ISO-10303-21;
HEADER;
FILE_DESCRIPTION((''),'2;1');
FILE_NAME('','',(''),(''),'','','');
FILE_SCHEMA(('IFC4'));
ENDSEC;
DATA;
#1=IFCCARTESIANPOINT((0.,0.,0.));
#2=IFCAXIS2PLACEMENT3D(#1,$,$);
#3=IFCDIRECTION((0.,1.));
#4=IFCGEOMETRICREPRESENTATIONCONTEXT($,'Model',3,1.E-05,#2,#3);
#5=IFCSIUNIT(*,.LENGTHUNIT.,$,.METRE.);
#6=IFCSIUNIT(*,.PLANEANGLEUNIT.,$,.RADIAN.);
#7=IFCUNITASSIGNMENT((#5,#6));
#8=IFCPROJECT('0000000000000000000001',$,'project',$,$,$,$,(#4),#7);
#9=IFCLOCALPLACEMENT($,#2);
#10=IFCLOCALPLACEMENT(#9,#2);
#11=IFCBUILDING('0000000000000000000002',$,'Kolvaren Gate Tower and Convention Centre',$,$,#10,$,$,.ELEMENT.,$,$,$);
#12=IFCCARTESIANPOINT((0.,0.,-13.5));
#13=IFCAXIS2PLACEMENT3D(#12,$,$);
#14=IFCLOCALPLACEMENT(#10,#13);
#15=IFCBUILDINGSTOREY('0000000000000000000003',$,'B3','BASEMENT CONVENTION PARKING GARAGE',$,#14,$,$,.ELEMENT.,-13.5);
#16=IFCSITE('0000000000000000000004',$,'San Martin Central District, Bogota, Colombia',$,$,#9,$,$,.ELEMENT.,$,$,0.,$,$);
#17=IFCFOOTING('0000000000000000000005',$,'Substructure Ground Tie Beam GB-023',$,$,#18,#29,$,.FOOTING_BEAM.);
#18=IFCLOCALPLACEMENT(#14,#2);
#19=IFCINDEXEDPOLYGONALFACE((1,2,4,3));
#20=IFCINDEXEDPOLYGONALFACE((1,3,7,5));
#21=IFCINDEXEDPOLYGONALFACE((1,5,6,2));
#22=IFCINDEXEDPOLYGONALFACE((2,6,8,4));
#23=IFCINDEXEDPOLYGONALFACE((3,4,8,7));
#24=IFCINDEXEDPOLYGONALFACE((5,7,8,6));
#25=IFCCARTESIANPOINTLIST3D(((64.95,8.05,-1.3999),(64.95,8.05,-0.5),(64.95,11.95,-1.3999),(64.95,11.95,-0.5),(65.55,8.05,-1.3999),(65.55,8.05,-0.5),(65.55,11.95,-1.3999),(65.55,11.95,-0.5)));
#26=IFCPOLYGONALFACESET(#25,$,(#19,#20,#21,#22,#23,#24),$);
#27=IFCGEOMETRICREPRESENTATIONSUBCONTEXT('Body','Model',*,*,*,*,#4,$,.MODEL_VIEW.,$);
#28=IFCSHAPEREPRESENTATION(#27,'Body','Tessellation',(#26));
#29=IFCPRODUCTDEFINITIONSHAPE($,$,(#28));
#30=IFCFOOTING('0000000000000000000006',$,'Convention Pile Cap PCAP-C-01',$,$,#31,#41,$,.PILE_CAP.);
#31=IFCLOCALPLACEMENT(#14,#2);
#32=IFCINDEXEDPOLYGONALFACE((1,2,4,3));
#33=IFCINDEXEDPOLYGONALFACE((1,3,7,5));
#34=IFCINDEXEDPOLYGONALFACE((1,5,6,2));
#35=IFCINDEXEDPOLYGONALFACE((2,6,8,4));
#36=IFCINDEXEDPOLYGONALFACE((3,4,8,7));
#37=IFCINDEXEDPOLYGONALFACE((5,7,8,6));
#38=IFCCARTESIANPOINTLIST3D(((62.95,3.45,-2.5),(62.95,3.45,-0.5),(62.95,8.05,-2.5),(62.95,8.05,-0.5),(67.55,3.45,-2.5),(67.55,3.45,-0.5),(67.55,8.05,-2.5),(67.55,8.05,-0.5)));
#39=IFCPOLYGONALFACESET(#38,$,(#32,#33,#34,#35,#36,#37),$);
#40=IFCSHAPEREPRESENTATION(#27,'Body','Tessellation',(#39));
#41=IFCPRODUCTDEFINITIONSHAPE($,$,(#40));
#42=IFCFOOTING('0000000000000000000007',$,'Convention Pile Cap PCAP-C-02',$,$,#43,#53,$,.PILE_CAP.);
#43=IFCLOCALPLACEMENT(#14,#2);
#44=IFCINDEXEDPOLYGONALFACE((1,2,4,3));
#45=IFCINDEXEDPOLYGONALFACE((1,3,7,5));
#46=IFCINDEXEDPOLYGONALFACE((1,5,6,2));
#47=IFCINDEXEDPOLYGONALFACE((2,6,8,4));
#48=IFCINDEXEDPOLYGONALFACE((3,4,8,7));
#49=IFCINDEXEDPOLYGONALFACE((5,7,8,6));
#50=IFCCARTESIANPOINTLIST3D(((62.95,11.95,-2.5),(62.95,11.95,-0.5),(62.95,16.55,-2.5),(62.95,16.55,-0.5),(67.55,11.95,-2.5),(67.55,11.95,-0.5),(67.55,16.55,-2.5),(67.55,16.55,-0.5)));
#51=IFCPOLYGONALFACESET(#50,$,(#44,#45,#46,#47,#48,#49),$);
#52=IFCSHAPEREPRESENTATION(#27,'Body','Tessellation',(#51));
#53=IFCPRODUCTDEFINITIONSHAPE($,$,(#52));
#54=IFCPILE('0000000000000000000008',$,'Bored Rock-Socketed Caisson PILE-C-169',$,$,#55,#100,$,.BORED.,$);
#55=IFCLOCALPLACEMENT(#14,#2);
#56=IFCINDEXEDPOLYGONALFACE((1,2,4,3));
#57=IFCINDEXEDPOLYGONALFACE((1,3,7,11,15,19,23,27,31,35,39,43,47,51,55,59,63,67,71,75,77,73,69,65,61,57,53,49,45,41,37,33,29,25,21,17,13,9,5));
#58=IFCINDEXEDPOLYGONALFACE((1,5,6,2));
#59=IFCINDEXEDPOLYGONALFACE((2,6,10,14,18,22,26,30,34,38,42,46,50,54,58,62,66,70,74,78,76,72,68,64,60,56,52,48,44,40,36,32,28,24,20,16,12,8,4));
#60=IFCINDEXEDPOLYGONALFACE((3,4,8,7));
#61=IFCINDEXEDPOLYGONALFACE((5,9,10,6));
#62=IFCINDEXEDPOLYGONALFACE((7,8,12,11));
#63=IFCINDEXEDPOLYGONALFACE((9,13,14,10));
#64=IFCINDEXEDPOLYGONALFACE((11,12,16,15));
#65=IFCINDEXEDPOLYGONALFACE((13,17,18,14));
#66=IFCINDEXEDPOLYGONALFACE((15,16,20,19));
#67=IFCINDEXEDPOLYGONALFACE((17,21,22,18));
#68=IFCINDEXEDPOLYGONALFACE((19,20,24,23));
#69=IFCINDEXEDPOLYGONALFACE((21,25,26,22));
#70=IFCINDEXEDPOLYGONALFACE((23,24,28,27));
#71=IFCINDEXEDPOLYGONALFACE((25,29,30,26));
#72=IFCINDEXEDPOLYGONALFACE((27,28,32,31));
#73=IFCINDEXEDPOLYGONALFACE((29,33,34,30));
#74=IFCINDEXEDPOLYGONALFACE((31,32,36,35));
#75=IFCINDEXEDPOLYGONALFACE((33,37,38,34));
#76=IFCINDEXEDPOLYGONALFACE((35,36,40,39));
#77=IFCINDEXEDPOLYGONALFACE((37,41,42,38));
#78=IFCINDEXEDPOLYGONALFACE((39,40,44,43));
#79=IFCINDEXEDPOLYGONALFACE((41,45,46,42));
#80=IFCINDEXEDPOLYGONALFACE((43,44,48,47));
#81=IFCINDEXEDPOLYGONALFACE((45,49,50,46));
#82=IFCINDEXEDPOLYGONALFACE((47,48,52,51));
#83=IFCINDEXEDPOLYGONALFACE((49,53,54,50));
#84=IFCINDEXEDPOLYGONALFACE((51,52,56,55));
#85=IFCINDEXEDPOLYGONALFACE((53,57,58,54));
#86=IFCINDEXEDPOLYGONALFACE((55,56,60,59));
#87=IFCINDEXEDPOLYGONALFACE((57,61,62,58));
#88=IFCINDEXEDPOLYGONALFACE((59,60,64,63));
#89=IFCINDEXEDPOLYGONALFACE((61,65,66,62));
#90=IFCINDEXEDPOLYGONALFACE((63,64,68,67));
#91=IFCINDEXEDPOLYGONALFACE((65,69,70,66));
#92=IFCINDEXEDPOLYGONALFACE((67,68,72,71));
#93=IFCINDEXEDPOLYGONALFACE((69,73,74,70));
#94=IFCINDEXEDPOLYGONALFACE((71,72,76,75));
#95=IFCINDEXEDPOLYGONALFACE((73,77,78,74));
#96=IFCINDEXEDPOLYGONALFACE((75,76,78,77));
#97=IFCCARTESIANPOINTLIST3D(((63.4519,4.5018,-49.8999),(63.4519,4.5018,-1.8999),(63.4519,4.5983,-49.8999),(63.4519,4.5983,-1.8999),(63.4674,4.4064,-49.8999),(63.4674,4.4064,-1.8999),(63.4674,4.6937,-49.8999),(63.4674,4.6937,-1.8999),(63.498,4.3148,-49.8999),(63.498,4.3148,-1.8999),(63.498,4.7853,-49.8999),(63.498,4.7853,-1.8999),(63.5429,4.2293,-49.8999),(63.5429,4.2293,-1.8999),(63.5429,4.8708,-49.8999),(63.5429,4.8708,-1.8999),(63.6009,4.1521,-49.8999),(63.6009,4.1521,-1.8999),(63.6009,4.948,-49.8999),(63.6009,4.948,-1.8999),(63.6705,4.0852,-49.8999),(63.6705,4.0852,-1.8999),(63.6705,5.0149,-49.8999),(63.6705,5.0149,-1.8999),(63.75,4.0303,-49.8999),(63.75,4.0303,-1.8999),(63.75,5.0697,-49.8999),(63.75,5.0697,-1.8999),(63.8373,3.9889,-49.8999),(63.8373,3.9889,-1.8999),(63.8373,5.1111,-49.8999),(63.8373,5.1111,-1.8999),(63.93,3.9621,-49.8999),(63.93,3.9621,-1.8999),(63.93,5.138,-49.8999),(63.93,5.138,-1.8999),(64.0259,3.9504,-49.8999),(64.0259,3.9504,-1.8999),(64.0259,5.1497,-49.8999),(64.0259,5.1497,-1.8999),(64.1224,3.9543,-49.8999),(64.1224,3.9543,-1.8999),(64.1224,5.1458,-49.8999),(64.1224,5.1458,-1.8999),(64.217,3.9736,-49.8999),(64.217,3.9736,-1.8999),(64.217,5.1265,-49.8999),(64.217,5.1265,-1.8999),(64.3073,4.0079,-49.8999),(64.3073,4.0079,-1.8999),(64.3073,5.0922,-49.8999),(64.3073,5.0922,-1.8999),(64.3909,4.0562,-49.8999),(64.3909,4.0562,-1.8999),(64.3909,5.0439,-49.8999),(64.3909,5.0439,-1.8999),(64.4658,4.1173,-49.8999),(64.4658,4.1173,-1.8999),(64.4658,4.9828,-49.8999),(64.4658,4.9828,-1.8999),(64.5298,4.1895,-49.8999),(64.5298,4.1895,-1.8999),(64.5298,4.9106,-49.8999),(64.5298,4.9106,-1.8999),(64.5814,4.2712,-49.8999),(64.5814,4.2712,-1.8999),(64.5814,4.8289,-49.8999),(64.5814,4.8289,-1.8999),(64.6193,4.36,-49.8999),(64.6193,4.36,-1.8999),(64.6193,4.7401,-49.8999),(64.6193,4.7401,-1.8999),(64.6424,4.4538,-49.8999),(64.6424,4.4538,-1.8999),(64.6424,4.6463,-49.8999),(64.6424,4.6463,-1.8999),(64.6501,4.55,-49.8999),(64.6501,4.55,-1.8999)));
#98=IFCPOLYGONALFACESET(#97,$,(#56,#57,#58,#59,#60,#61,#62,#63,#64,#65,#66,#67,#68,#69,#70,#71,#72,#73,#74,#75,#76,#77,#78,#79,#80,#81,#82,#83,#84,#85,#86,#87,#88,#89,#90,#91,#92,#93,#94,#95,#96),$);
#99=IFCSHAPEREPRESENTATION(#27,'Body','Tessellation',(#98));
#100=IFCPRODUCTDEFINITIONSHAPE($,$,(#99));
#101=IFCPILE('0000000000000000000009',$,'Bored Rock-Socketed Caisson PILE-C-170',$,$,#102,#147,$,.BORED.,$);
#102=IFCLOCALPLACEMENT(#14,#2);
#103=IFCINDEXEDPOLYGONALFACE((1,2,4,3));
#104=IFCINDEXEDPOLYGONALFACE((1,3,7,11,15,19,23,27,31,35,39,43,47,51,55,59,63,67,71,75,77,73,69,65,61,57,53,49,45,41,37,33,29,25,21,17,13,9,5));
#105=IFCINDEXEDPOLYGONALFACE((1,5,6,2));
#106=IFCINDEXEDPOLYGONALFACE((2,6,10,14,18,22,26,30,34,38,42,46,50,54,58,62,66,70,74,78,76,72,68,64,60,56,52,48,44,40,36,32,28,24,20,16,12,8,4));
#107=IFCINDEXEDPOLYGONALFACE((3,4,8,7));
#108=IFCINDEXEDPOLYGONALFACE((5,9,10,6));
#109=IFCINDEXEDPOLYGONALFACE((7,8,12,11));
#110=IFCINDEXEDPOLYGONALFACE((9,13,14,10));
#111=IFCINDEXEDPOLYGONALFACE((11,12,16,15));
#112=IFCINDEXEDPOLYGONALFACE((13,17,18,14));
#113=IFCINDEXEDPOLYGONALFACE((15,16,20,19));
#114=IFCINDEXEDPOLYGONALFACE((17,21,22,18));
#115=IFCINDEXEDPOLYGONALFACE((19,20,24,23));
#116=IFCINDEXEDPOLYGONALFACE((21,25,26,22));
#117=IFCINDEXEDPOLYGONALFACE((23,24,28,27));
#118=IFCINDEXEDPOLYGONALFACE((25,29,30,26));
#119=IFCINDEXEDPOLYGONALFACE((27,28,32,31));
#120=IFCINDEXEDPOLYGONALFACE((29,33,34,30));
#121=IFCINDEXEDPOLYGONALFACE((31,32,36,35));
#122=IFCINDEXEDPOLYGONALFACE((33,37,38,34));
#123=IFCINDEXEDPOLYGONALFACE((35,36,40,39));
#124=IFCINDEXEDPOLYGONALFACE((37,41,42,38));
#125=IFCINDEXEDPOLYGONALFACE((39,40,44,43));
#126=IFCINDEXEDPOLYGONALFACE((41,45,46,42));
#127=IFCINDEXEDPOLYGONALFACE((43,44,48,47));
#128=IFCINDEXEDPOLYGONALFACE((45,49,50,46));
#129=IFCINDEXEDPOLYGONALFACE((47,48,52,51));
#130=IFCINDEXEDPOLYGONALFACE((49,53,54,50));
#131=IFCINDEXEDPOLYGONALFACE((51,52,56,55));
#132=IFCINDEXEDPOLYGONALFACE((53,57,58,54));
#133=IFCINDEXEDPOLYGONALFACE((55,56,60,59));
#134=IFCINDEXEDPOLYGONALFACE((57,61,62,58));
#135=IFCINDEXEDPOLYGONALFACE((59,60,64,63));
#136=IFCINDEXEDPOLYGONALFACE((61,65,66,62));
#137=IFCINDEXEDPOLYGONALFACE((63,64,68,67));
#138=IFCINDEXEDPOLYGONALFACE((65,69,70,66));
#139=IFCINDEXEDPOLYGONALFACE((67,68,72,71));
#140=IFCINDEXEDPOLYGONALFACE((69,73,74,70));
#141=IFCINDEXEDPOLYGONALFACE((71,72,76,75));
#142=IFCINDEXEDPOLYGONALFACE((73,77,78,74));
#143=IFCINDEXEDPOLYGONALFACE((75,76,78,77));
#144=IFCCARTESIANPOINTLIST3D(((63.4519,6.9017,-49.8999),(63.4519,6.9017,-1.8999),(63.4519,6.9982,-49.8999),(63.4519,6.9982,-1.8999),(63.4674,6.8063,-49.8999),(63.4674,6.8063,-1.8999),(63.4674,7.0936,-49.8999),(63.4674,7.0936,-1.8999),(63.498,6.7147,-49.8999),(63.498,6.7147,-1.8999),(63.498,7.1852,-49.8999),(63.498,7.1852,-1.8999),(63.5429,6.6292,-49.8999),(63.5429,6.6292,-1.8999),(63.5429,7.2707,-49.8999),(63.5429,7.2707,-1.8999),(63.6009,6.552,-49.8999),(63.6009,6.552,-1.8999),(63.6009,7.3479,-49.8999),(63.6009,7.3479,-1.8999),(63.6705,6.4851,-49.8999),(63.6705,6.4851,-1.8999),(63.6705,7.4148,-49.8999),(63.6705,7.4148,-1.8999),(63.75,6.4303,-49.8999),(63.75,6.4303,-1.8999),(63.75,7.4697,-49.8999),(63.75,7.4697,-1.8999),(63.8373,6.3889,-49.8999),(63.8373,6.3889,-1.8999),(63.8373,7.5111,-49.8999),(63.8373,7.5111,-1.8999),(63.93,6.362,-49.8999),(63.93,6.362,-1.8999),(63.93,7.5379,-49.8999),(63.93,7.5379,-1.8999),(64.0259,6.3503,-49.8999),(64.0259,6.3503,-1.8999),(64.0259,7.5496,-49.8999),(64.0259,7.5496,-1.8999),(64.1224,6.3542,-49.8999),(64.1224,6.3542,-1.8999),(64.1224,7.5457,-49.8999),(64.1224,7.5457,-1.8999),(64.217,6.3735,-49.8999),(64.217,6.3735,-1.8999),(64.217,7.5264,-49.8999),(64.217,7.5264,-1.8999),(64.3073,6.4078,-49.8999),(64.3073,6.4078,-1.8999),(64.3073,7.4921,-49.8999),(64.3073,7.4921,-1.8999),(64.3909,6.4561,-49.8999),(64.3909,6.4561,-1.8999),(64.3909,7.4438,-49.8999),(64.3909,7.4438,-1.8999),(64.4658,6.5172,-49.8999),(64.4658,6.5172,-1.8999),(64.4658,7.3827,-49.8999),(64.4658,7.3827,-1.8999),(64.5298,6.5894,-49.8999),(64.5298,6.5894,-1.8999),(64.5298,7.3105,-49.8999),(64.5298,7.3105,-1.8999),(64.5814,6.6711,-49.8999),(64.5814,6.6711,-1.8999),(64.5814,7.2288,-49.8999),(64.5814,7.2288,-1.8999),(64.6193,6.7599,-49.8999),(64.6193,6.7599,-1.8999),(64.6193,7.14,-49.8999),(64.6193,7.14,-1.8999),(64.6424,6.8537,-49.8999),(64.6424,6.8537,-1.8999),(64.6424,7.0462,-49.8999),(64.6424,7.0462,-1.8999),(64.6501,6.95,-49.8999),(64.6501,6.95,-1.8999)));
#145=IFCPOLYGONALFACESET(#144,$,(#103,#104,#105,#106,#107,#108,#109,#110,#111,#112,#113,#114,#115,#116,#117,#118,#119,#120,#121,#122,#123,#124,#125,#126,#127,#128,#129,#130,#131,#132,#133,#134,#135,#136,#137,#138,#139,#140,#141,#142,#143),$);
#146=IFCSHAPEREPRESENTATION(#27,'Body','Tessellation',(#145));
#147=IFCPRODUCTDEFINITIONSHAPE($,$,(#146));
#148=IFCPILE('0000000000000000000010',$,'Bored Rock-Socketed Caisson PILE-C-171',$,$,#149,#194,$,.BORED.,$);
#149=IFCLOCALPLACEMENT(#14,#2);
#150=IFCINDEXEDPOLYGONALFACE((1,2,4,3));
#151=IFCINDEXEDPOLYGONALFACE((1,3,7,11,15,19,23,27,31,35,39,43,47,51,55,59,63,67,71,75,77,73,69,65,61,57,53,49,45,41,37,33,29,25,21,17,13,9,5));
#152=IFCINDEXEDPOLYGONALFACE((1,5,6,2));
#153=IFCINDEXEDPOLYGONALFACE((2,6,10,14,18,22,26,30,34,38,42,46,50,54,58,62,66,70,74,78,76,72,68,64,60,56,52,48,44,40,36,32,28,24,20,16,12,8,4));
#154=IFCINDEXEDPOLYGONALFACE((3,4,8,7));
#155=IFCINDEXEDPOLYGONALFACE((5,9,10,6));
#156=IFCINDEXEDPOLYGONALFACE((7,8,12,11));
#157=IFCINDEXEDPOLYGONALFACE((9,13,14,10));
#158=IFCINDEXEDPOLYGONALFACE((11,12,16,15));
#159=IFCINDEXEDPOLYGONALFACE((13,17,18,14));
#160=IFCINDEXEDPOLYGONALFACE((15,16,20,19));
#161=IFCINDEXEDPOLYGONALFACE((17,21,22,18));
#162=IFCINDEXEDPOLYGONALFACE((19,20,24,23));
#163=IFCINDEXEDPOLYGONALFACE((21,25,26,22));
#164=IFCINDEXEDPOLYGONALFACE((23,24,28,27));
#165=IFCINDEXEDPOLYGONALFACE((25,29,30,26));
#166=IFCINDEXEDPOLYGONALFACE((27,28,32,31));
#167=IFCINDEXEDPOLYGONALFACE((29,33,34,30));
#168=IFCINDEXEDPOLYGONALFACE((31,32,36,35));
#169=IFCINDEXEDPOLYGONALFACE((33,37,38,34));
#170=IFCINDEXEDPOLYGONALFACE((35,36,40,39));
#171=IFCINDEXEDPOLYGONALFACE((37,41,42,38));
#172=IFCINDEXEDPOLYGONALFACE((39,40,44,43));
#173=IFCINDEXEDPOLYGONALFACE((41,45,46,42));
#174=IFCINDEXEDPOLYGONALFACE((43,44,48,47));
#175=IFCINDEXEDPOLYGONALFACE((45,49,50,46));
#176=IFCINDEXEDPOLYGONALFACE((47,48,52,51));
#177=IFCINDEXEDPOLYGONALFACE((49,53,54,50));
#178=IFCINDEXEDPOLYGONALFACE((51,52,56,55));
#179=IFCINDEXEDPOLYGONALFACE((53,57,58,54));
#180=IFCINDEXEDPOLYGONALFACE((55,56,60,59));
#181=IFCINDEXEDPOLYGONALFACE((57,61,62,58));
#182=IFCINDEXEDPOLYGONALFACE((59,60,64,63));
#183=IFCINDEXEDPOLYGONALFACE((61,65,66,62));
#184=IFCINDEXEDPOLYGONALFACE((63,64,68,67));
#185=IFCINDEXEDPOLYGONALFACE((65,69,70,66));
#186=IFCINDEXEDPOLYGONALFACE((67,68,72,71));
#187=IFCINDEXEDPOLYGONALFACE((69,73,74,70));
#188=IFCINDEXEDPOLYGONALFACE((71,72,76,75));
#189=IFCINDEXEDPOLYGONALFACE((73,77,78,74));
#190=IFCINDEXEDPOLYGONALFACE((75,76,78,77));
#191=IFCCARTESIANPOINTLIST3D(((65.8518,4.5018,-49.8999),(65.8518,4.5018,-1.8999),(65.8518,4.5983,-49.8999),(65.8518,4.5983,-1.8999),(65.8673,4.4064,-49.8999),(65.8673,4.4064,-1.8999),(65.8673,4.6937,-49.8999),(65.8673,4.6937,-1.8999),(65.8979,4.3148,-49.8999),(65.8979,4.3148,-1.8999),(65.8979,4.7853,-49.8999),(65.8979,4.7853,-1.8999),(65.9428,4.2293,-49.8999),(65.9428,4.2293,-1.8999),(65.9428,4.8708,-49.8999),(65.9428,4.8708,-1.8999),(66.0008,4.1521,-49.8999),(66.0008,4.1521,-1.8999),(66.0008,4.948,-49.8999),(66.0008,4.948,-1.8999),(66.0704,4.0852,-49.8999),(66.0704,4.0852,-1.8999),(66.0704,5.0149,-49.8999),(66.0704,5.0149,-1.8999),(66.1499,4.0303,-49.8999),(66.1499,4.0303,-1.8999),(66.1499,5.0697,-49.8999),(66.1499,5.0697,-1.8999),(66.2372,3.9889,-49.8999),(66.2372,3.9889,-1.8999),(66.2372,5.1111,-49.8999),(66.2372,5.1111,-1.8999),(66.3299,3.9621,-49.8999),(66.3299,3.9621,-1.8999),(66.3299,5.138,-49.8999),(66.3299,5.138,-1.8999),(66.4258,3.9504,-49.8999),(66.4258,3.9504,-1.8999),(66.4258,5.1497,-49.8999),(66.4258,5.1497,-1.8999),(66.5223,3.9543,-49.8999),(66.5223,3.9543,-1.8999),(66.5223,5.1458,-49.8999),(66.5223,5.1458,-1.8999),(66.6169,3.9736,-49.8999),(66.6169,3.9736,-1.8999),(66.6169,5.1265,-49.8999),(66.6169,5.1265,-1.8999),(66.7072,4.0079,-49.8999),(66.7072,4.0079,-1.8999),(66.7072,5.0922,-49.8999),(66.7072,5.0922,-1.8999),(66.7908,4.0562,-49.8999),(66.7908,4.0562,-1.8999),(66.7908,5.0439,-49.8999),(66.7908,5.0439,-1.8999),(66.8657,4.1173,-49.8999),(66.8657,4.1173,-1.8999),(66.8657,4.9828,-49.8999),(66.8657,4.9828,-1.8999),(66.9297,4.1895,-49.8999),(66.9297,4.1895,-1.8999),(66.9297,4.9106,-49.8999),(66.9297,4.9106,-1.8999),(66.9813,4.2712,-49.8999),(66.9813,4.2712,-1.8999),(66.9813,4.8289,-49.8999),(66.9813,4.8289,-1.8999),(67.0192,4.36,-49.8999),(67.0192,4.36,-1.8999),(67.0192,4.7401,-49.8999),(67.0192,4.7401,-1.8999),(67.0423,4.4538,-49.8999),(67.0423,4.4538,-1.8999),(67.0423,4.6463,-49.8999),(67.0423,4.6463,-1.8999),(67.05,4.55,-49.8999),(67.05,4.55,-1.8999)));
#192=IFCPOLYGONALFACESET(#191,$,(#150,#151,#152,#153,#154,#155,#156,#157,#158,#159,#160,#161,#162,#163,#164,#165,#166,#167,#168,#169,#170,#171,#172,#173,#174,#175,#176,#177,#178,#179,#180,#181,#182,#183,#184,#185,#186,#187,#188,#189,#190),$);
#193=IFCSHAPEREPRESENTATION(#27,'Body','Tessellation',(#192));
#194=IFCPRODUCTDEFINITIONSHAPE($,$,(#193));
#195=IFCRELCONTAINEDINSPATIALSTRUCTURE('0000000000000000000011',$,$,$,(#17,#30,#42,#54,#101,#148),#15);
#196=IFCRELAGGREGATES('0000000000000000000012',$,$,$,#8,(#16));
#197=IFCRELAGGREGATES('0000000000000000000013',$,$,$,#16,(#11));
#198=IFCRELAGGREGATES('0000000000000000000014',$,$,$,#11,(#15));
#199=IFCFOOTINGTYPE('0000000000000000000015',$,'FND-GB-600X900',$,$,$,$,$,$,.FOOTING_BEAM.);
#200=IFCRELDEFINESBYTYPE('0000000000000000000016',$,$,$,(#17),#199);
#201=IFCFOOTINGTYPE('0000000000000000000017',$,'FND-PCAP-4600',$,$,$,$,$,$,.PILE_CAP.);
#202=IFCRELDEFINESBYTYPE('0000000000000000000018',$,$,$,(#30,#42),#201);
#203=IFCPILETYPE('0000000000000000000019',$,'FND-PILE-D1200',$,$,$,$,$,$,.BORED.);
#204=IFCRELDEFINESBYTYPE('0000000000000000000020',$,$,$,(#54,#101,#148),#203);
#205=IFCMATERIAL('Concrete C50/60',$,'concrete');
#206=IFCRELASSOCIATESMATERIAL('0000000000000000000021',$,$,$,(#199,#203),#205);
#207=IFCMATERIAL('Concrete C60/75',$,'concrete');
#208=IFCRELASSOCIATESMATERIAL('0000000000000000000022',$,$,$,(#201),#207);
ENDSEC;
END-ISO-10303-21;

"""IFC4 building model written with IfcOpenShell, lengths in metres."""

from ifc_helpers import new_model, si_unit, direction, frame, origin, origin_2d, place, context, subcontext, project, spatial, rectangle, circle, extrude, material, material_profile, profile_set, type_object, element, save


model = new_model("IFC4")

# Units and contexts
model_context = context("Model", 3, precision=1e-05, world=origin(), true_north=direction((0.0, 1.0)))
body_context = subcontext(model_context, "Body", "Model", "MODEL_VIEW")
ifc_project = project(units=[si_unit("LENGTHUNIT", "METRE"), si_unit("PLANEANGLEUNIT", "RADIAN")], contexts=[model_context])

# Site, building, storey
site_placement = place(None, origin())
site = spatial("IfcSite", under=ifc_project, at=site_placement, Name="San Martin Central District, Bogota, Colombia", CompositionType="ELEMENT", RefElevation=0.0)
building_placement = place(site_placement, origin())
building = spatial("IfcBuilding", under=site, at=building_placement, Name="Kolvaren Gate Tower and Convention Centre", CompositionType="ELEMENT")
storey_placement = place(building_placement, frame((0.0, 0.0, -13.5)))
storey = spatial("IfcBuildingStorey", under=building, at=storey_placement, Name="B3", Description="BASEMENT CONVENTION PARKING GARAGE", CompositionType="ELEMENT", Elevation=-13.5)

# Footings
ifc_material_1 = material(Name="Concrete C50/60", Category="concrete")
ifc_material_profile_1 = material_profile(ifc_material_1, rectangle(XDim=0.6001, YDim=0.8999, at=origin_2d()), Name="RC-BM-600X900")
ifc_profile_set_1 = profile_set([ifc_material_profile_1], Name="Concrete C50/60")
footing_type_1 = type_object("IfcFootingType", Name="FND-GB-600X900", PredefinedType="FOOTING_BEAM", material=ifc_profile_set_1)
footing_placement = place(storey_placement, frame((65.25, 8.05, -0.95), z_axis=(0.0, 1.0, 0.0), x_axis=(-1.0, 0.0, 0.0)))
element("IfcFooting", 1, at=footing_placement, inside=storey, type_object=footing_type_1, Name="Substructure Ground Tie Beam GB-023", PredefinedType="FOOTING_BEAM", context=body_context, shape_type="SweptSolid", body=[
    extrude(rectangle(XDim=0.6001, YDim=0.8999, at=origin_2d()), origin(), (0.0, 0.0, 1.0), 3.8999),
])
ifc_material_2 = material(Name="Concrete C60/75", Category="concrete")
footing_type_2 = type_object("IfcFootingType", Name="FND-PCAP-4600", PredefinedType="PILE_CAP", material=ifc_material_2)
for number, where, z_axis, x_axis, name in (
    (2, (65.25, 5.75, -2.5), (0.0, 0.0, 1.0), (1.0, 0.0, 0.0), "Convention Pile Cap PCAP-C-01"),
    (3, (65.25, 14.25, -2.5), (0.0, 0.0, 1.0), (1.0, 0.0, 0.0), "Convention Pile Cap PCAP-C-02"),
):
    element("IfcFooting", number, at=place(storey_placement, frame(where, z_axis=z_axis, x_axis=x_axis)), inside=storey, type_object=footing_type_2, Name=name, PredefinedType="PILE_CAP", context=body_context, shape_type="SweptSolid", body=[
        extrude(rectangle(XDim=4.6001, YDim=4.6001, at=origin_2d()), origin(), (0.0, 0.0, 1.0), 2.0),
    ])

# Piles
ifc_material_profile_2 = material_profile(ifc_material_1, circle(Radius=0.6001, at=origin_2d()), Name="CAISSON-D1200")
ifc_profile_set_2 = profile_set([ifc_material_profile_2], Name="Concrete C50/60")
pile_type = type_object("IfcPileType", Name="FND-PILE-D1200", PredefinedType="BORED", material=ifc_profile_set_2)
for number, where, z_axis, x_axis, name in (
    (4, (64.05, 4.55, -1.8999), (0.0, 0.0, -1.0), (1.0, 0.0, 0.0), "Bored Rock-Socketed Caisson PILE-C-169"),
    (5, (64.05, 6.95, -1.8999), (0.0, 0.0, -1.0), (1.0, 0.0, 0.0), "Bored Rock-Socketed Caisson PILE-C-170"),
    (6, (66.45, 4.55, -1.8999), (0.0, 0.0, -1.0), (1.0, 0.0, 0.0), "Bored Rock-Socketed Caisson PILE-C-171"),
):
    element("IfcPile", number, at=place(storey_placement, frame(where, z_axis=z_axis, x_axis=x_axis)), inside=storey, type_object=pile_type, Name=name, PredefinedType="BORED", context=body_context, shape_type="SweptSolid", body=[
        extrude(circle(Radius=0.6001, at=origin_2d()), origin(), (0.0, 0.0, 1.0), 48.0),
    ])

save(model, "model.ifc")
